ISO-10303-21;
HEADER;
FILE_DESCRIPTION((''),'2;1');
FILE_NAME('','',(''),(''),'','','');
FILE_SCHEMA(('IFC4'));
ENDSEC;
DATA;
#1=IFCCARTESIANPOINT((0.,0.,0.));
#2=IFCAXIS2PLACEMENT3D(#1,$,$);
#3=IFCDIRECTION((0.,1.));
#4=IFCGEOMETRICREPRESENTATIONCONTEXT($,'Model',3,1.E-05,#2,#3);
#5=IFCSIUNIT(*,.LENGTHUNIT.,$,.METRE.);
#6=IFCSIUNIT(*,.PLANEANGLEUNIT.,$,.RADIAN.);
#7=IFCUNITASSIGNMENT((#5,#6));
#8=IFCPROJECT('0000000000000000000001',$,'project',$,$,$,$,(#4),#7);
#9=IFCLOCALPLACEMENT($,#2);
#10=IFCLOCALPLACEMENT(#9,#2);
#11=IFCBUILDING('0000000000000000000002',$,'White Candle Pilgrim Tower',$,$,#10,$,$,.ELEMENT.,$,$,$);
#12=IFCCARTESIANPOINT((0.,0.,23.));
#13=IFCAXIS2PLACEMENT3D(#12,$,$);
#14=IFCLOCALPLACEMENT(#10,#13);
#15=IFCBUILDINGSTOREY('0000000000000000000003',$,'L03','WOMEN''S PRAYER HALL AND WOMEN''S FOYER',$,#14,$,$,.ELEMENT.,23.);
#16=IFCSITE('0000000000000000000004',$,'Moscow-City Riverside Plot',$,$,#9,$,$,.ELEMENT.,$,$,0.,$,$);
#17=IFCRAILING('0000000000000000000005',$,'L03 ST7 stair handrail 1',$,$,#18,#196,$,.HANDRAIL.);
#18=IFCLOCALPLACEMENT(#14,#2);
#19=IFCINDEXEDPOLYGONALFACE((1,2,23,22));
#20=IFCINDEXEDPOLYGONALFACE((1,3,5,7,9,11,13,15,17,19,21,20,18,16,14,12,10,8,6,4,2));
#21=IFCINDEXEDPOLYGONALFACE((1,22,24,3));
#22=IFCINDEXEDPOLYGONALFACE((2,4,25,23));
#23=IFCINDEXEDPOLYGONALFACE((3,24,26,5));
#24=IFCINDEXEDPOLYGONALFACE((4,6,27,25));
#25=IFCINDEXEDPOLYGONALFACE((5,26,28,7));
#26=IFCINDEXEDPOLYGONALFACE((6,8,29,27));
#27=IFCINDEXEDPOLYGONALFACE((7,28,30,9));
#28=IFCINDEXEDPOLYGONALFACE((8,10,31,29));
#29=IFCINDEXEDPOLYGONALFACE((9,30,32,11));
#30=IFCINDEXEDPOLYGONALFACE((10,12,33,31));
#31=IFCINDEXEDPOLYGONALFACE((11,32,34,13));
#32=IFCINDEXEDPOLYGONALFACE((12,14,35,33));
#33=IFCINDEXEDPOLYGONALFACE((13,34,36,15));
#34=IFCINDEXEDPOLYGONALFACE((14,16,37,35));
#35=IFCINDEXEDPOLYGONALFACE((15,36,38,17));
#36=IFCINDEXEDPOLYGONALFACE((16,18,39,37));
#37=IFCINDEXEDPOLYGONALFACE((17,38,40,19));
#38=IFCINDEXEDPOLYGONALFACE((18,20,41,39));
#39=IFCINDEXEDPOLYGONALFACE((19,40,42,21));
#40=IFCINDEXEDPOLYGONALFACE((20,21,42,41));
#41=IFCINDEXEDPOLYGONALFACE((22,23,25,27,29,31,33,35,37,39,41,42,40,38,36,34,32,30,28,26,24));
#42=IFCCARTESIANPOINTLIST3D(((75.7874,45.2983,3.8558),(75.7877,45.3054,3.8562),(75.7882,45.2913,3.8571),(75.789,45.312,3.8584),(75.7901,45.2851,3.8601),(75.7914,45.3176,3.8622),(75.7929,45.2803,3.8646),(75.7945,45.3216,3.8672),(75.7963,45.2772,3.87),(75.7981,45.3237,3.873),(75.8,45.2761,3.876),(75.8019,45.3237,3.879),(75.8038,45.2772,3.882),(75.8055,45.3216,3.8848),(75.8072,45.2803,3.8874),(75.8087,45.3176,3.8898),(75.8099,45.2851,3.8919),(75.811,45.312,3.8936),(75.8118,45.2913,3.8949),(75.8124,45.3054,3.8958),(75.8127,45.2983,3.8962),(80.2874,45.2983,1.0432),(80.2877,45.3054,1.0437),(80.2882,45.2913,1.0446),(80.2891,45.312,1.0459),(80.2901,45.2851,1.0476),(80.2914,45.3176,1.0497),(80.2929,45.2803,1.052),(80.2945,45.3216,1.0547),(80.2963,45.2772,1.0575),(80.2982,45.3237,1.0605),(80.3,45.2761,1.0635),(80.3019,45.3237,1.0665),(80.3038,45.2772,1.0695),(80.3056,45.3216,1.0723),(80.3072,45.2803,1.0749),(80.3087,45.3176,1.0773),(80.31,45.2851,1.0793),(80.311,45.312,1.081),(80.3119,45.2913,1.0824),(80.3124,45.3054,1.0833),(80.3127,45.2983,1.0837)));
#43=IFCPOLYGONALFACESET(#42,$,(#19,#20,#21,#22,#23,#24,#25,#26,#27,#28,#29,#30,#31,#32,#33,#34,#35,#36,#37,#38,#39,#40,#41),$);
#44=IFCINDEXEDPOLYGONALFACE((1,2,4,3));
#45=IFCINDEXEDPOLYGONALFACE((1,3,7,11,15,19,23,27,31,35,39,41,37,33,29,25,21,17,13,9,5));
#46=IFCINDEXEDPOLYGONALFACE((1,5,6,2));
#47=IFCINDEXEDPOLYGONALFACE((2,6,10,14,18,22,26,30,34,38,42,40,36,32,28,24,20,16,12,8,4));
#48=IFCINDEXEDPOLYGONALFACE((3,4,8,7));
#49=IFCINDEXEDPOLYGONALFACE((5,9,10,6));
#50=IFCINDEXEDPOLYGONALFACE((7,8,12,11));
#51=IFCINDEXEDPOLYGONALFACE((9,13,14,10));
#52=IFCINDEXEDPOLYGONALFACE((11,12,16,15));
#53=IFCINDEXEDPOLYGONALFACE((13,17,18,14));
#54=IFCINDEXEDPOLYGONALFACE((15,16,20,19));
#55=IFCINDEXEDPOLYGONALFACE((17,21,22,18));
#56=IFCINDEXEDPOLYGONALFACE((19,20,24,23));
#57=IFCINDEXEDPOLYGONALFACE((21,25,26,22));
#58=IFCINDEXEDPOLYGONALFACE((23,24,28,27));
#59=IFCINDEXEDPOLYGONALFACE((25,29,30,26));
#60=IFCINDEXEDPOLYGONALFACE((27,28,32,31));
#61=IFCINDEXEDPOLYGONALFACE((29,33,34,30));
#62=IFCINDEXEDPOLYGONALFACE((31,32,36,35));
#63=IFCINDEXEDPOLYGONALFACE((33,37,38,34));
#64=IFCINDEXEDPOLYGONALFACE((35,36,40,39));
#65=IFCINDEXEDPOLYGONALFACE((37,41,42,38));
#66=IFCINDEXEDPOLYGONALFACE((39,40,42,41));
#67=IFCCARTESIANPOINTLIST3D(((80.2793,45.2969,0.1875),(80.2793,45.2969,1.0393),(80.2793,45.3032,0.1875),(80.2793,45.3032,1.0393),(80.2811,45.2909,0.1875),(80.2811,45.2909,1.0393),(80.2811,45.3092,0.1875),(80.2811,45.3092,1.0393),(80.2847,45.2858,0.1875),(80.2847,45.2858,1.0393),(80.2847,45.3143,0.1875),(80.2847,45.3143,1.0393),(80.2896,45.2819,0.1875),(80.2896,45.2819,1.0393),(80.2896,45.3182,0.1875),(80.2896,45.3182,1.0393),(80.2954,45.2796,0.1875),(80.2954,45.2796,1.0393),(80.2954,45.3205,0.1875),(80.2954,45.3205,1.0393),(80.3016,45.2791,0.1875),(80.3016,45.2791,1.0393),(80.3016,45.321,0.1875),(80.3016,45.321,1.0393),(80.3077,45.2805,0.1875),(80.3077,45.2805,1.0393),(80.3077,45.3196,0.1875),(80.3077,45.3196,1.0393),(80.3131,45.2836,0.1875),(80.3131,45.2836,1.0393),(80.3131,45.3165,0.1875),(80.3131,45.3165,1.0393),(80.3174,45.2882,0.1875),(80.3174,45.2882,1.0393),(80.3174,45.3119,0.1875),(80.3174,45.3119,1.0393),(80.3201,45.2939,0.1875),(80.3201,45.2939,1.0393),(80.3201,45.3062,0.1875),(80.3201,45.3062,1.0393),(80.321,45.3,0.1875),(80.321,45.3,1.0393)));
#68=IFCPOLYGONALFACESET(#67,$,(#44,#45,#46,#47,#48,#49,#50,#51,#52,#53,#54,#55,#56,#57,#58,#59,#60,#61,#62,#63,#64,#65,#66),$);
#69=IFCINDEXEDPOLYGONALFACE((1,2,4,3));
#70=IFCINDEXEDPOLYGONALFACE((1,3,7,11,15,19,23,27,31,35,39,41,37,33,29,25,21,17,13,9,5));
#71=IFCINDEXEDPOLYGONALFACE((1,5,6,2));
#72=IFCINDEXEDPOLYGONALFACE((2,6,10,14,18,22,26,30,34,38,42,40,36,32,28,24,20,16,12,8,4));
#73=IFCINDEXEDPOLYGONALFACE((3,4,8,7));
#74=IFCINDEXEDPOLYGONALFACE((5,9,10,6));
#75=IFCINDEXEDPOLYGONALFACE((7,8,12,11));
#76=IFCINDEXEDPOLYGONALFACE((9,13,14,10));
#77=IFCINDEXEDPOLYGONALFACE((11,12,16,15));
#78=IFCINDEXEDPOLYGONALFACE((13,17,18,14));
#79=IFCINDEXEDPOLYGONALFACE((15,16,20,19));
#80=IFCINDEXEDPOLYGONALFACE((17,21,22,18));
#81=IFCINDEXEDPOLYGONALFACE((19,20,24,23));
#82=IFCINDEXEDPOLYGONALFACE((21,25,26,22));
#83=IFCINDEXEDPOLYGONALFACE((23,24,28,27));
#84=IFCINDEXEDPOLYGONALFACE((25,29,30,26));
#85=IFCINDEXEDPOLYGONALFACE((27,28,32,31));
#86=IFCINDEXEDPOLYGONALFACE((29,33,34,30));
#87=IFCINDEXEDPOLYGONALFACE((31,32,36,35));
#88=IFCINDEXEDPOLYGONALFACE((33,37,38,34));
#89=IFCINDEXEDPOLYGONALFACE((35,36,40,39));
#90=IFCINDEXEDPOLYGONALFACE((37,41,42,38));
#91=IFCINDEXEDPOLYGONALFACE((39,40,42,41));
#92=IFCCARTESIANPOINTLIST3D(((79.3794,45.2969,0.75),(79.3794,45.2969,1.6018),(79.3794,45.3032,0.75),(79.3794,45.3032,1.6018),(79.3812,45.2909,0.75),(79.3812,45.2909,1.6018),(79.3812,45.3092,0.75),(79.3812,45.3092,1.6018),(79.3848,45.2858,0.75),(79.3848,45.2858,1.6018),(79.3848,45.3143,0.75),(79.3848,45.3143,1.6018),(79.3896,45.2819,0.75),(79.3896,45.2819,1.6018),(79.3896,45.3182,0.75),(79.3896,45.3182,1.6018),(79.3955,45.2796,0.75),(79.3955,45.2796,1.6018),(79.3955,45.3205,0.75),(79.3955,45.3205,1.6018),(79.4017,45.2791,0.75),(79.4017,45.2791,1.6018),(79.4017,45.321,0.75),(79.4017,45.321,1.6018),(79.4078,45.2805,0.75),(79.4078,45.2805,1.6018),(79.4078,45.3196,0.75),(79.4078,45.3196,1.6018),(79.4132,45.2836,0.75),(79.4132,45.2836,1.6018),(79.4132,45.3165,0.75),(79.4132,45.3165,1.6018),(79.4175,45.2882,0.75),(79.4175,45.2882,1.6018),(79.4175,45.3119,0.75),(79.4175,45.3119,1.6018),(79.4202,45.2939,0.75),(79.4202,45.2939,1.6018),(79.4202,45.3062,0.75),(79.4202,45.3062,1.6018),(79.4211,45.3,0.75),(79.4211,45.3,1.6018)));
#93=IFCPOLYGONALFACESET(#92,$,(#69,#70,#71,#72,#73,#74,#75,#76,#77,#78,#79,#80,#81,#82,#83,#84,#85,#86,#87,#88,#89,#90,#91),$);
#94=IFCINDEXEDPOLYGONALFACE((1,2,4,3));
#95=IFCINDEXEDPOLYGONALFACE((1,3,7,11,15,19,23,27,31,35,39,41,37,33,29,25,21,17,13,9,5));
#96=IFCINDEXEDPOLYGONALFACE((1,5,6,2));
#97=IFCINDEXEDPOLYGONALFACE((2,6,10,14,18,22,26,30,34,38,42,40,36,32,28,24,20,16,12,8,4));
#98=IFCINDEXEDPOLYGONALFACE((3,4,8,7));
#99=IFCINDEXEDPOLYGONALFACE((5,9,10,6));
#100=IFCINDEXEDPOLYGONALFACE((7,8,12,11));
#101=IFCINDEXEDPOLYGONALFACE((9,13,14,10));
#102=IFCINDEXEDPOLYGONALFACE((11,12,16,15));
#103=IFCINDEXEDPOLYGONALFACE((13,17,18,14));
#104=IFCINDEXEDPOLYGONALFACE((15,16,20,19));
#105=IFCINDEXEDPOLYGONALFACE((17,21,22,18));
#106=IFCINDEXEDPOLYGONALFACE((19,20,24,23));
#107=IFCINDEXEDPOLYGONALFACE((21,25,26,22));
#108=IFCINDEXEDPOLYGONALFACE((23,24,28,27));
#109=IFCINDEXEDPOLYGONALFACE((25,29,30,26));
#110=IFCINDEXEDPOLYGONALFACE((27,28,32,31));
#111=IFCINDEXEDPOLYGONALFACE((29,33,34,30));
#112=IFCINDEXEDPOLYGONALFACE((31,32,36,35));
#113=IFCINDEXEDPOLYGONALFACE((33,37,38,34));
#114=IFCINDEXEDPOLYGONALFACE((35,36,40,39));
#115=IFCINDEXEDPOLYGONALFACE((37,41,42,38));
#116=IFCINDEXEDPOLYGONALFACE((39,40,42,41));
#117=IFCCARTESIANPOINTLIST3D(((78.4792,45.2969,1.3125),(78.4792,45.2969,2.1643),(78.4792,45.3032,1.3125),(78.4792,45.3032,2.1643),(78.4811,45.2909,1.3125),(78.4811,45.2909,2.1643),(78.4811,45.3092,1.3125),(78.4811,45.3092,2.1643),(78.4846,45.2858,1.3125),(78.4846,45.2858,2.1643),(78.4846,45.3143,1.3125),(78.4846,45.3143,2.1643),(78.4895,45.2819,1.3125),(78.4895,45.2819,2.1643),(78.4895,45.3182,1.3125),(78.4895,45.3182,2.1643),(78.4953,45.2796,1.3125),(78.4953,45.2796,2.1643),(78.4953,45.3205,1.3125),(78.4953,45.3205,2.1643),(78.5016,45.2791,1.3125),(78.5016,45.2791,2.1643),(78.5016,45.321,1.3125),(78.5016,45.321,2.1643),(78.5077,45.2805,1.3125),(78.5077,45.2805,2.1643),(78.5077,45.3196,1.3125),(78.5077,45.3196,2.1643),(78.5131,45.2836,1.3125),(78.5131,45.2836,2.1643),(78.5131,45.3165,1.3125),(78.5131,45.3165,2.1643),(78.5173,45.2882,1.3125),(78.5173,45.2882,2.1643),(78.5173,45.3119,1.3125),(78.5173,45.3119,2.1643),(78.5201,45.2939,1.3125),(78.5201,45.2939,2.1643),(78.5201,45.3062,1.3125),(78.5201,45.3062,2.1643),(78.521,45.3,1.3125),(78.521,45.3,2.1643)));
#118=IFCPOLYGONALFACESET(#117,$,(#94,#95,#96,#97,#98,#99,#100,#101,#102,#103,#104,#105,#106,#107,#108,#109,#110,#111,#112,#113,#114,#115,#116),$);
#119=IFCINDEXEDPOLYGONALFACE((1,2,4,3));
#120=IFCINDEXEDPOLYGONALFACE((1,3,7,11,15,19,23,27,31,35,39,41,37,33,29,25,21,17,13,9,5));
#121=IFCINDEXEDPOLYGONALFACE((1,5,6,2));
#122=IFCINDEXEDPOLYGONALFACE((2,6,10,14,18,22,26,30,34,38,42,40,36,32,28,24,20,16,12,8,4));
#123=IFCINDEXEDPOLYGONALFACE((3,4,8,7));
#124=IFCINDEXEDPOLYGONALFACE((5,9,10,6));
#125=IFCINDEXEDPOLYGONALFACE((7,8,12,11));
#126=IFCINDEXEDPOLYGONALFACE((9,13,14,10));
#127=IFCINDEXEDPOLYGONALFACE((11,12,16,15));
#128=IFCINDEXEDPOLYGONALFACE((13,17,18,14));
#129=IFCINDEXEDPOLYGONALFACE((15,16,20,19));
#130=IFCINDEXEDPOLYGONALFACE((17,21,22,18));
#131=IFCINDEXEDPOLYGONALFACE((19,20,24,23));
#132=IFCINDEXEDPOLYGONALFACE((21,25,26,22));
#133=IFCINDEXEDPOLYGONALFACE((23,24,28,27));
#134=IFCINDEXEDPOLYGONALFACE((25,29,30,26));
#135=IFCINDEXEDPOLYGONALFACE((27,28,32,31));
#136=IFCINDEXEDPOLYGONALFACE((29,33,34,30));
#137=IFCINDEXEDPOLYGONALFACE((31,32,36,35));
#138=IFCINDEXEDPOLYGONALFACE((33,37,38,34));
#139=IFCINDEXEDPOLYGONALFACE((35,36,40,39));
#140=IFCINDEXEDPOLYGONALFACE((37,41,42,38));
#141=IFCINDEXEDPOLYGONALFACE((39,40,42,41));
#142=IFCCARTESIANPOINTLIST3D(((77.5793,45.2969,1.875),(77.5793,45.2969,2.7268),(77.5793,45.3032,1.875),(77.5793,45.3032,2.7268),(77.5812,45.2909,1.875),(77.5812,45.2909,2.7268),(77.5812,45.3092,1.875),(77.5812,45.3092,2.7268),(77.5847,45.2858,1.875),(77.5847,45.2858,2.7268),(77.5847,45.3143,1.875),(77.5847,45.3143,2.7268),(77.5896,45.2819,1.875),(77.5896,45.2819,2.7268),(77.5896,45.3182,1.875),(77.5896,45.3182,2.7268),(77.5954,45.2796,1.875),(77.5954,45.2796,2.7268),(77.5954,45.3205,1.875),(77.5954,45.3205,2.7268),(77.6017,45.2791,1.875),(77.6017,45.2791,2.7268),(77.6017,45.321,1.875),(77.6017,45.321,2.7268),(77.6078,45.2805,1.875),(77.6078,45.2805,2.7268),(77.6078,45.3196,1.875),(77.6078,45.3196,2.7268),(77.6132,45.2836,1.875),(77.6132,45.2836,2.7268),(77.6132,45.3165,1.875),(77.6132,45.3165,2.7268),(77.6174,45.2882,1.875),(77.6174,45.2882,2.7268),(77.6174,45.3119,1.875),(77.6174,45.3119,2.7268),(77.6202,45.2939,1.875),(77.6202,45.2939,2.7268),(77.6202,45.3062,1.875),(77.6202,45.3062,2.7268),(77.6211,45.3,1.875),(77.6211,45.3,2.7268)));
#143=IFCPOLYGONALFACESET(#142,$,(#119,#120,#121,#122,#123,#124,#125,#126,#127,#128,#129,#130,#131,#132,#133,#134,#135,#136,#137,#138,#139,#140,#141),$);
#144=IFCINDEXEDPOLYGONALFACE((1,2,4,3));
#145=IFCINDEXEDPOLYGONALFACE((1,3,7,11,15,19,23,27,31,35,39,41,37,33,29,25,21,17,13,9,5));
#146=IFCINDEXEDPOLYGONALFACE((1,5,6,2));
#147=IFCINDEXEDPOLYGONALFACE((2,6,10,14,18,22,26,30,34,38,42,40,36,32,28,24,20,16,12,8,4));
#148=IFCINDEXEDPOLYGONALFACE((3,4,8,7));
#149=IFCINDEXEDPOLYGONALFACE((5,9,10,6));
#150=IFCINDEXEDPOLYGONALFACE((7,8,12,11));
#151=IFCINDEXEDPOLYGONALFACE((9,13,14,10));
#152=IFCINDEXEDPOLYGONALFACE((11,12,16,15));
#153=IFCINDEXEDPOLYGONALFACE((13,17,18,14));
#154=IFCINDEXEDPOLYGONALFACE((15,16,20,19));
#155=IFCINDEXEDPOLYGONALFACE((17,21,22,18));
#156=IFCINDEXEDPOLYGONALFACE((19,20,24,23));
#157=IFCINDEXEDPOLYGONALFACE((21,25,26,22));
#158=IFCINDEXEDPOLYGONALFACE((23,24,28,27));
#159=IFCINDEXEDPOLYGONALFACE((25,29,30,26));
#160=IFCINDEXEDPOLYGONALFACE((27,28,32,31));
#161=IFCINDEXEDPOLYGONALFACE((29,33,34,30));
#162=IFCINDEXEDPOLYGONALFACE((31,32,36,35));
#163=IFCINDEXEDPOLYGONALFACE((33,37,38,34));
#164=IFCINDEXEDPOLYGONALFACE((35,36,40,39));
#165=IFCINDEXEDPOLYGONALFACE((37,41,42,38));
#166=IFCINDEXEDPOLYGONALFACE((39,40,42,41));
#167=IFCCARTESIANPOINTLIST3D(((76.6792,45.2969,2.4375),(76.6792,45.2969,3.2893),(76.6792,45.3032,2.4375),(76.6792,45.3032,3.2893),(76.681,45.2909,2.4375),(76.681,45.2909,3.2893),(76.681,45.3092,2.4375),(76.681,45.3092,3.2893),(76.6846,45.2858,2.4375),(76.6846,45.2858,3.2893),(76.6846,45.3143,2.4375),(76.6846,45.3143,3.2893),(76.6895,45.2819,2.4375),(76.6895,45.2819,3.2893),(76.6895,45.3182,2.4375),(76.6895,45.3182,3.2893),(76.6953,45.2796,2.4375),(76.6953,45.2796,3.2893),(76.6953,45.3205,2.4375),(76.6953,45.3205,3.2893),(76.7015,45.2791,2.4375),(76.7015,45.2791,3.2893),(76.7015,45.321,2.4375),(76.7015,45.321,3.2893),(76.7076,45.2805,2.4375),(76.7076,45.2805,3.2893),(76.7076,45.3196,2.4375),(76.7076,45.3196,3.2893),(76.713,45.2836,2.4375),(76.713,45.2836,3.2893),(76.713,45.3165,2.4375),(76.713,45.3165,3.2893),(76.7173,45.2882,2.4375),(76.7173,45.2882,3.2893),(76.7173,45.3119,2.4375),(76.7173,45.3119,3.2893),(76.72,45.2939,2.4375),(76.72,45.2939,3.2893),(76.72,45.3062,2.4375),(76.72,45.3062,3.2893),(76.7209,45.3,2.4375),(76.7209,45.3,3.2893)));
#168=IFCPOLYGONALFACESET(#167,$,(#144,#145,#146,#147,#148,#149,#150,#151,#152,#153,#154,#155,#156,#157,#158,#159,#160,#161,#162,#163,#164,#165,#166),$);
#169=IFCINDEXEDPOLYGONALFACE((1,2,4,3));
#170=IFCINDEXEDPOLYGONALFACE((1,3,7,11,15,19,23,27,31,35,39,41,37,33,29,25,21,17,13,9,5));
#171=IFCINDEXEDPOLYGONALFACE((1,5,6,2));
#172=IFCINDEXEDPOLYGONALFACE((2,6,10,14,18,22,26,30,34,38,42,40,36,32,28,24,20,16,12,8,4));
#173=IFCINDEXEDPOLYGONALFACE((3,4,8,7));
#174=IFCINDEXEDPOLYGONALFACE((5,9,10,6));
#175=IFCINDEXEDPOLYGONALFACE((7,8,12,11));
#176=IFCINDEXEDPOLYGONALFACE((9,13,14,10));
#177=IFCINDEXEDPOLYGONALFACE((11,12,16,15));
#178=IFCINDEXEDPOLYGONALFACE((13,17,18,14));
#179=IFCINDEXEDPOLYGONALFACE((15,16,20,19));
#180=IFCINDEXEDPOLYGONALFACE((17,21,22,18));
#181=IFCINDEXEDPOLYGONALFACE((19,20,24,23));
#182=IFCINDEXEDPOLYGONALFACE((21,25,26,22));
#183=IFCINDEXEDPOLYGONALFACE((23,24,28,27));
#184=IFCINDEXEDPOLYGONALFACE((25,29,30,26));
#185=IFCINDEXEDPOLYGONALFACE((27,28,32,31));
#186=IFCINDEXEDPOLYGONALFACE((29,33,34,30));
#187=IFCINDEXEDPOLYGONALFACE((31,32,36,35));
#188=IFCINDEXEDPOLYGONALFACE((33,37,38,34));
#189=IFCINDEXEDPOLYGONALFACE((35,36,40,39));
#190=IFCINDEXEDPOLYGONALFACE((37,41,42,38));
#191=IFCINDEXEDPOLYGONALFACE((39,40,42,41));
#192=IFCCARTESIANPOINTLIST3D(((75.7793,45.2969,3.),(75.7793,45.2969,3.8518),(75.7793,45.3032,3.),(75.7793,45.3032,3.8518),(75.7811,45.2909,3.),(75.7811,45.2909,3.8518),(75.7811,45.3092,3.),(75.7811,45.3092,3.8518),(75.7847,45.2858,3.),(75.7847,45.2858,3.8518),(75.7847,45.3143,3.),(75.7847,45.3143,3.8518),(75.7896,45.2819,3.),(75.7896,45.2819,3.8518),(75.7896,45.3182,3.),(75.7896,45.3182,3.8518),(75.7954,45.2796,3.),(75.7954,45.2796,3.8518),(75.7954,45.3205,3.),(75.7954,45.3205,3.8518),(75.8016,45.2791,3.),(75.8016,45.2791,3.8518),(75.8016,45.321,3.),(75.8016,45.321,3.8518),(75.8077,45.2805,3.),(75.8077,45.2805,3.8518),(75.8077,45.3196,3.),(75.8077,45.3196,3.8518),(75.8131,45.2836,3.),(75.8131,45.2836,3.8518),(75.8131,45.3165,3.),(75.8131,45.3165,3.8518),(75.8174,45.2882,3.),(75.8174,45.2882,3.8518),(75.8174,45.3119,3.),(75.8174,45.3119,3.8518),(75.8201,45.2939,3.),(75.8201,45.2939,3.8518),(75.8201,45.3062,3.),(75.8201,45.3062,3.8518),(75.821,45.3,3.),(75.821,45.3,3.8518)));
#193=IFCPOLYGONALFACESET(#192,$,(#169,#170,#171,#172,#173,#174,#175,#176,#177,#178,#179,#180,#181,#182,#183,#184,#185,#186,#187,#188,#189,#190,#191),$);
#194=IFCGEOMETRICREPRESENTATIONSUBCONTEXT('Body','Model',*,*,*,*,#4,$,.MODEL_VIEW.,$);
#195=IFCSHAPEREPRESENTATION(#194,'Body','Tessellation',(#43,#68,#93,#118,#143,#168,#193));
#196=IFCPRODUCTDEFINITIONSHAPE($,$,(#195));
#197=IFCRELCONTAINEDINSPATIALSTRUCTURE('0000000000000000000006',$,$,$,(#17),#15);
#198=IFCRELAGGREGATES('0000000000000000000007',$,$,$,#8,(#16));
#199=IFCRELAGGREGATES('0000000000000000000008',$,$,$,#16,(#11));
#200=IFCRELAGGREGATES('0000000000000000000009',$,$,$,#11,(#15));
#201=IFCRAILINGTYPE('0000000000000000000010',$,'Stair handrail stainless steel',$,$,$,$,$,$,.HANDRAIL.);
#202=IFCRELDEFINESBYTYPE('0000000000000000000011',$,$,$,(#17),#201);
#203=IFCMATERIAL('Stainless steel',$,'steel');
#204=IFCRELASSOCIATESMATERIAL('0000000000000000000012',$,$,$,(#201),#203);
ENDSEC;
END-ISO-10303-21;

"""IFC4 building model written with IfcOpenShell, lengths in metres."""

from ifc_helpers import new_model, si_unit, direction, frame, origin, origin_2d, place, context, subcontext, project, spatial, circle, extrude, material, type_object, element, save


model = new_model("IFC4")

# Units and contexts
model_context = context("Model", 3, precision=1e-05, world=origin(), true_north=direction((0.0, 1.0)))
body_context = subcontext(model_context, "Body", "Model", "MODEL_VIEW")
ifc_project = project(units=[si_unit("LENGTHUNIT", "METRE"), si_unit("PLANEANGLEUNIT", "RADIAN")], contexts=[model_context])

# Site, building, storey
site_placement = place(None, origin())
site = spatial("IfcSite", under=ifc_project, at=site_placement, Name="Moscow-City Riverside Plot", CompositionType="ELEMENT", RefElevation=0.0)
building_placement = place(site_placement, origin())
building = spatial("IfcBuilding", under=site, at=building_placement, Name="White Candle Pilgrim Tower", CompositionType="ELEMENT")
storey_placement = place(building_placement, frame((0.0, 0.0, 23.0)))
storey = spatial("IfcBuildingStorey", under=building, at=storey_placement, Name="L03", Description="WOMEN'S PRAYER HALL AND WOMEN'S FOYER", CompositionType="ELEMENT", Elevation=23.0)

# Railing
ifc_material_1 = material(Name="Stainless steel", Category="steel")
railing_type_1 = type_object("IfcRailingType", Name="Stair handrail stainless steel", PredefinedType="HANDRAIL", material=ifc_material_1)
railing_1_placement = place(storey_placement, frame((80.3, 45.3, 0.1875)))
element("IfcRailing", 1, at=railing_1_placement, inside=storey, type_object=railing_type_1, Name="L03 ST7 stair handrail 1", PredefinedType="HANDRAIL", context=body_context, shape_type="SweptSolid", body=[
    extrude(circle(Radius=0.0239, at=origin_2d()), frame((0.0, 0.0, 0.876), z_axis=(-0.847998, 0.0, 0.529999), x_axis=(0.0, -1.0, 0.0)), (0.0, 0.0, 1.0), 5.3066),
    extrude(circle(Radius=0.021, at=origin_2d()), origin(), (0.0, 0.0, 1.0), 0.8518),
    extrude(circle(Radius=0.021, at=origin_2d()), frame((-0.8999, 0.0, 0.5625)), (0.0, 0.0, 1.0), 0.8518),
    extrude(circle(Radius=0.021, at=origin_2d()), frame((-1.8, 0.0, 1.125)), (0.0, 0.0, 1.0), 0.8518),
    extrude(circle(Radius=0.021, at=origin_2d()), frame((-2.7, 0.0, 1.6875)), (0.0, 0.0, 1.0), 0.8518),
    extrude(circle(Radius=0.021, at=origin_2d()), frame((-3.6001, 0.0, 2.25)), (0.0, 0.0, 1.0), 0.8518),
    extrude(circle(Radius=0.021, at=origin_2d()), frame((-4.5, 0.0, 2.8125)), (0.0, 0.0, 1.0), 0.8518),
])

save(model, "model.ifc")
